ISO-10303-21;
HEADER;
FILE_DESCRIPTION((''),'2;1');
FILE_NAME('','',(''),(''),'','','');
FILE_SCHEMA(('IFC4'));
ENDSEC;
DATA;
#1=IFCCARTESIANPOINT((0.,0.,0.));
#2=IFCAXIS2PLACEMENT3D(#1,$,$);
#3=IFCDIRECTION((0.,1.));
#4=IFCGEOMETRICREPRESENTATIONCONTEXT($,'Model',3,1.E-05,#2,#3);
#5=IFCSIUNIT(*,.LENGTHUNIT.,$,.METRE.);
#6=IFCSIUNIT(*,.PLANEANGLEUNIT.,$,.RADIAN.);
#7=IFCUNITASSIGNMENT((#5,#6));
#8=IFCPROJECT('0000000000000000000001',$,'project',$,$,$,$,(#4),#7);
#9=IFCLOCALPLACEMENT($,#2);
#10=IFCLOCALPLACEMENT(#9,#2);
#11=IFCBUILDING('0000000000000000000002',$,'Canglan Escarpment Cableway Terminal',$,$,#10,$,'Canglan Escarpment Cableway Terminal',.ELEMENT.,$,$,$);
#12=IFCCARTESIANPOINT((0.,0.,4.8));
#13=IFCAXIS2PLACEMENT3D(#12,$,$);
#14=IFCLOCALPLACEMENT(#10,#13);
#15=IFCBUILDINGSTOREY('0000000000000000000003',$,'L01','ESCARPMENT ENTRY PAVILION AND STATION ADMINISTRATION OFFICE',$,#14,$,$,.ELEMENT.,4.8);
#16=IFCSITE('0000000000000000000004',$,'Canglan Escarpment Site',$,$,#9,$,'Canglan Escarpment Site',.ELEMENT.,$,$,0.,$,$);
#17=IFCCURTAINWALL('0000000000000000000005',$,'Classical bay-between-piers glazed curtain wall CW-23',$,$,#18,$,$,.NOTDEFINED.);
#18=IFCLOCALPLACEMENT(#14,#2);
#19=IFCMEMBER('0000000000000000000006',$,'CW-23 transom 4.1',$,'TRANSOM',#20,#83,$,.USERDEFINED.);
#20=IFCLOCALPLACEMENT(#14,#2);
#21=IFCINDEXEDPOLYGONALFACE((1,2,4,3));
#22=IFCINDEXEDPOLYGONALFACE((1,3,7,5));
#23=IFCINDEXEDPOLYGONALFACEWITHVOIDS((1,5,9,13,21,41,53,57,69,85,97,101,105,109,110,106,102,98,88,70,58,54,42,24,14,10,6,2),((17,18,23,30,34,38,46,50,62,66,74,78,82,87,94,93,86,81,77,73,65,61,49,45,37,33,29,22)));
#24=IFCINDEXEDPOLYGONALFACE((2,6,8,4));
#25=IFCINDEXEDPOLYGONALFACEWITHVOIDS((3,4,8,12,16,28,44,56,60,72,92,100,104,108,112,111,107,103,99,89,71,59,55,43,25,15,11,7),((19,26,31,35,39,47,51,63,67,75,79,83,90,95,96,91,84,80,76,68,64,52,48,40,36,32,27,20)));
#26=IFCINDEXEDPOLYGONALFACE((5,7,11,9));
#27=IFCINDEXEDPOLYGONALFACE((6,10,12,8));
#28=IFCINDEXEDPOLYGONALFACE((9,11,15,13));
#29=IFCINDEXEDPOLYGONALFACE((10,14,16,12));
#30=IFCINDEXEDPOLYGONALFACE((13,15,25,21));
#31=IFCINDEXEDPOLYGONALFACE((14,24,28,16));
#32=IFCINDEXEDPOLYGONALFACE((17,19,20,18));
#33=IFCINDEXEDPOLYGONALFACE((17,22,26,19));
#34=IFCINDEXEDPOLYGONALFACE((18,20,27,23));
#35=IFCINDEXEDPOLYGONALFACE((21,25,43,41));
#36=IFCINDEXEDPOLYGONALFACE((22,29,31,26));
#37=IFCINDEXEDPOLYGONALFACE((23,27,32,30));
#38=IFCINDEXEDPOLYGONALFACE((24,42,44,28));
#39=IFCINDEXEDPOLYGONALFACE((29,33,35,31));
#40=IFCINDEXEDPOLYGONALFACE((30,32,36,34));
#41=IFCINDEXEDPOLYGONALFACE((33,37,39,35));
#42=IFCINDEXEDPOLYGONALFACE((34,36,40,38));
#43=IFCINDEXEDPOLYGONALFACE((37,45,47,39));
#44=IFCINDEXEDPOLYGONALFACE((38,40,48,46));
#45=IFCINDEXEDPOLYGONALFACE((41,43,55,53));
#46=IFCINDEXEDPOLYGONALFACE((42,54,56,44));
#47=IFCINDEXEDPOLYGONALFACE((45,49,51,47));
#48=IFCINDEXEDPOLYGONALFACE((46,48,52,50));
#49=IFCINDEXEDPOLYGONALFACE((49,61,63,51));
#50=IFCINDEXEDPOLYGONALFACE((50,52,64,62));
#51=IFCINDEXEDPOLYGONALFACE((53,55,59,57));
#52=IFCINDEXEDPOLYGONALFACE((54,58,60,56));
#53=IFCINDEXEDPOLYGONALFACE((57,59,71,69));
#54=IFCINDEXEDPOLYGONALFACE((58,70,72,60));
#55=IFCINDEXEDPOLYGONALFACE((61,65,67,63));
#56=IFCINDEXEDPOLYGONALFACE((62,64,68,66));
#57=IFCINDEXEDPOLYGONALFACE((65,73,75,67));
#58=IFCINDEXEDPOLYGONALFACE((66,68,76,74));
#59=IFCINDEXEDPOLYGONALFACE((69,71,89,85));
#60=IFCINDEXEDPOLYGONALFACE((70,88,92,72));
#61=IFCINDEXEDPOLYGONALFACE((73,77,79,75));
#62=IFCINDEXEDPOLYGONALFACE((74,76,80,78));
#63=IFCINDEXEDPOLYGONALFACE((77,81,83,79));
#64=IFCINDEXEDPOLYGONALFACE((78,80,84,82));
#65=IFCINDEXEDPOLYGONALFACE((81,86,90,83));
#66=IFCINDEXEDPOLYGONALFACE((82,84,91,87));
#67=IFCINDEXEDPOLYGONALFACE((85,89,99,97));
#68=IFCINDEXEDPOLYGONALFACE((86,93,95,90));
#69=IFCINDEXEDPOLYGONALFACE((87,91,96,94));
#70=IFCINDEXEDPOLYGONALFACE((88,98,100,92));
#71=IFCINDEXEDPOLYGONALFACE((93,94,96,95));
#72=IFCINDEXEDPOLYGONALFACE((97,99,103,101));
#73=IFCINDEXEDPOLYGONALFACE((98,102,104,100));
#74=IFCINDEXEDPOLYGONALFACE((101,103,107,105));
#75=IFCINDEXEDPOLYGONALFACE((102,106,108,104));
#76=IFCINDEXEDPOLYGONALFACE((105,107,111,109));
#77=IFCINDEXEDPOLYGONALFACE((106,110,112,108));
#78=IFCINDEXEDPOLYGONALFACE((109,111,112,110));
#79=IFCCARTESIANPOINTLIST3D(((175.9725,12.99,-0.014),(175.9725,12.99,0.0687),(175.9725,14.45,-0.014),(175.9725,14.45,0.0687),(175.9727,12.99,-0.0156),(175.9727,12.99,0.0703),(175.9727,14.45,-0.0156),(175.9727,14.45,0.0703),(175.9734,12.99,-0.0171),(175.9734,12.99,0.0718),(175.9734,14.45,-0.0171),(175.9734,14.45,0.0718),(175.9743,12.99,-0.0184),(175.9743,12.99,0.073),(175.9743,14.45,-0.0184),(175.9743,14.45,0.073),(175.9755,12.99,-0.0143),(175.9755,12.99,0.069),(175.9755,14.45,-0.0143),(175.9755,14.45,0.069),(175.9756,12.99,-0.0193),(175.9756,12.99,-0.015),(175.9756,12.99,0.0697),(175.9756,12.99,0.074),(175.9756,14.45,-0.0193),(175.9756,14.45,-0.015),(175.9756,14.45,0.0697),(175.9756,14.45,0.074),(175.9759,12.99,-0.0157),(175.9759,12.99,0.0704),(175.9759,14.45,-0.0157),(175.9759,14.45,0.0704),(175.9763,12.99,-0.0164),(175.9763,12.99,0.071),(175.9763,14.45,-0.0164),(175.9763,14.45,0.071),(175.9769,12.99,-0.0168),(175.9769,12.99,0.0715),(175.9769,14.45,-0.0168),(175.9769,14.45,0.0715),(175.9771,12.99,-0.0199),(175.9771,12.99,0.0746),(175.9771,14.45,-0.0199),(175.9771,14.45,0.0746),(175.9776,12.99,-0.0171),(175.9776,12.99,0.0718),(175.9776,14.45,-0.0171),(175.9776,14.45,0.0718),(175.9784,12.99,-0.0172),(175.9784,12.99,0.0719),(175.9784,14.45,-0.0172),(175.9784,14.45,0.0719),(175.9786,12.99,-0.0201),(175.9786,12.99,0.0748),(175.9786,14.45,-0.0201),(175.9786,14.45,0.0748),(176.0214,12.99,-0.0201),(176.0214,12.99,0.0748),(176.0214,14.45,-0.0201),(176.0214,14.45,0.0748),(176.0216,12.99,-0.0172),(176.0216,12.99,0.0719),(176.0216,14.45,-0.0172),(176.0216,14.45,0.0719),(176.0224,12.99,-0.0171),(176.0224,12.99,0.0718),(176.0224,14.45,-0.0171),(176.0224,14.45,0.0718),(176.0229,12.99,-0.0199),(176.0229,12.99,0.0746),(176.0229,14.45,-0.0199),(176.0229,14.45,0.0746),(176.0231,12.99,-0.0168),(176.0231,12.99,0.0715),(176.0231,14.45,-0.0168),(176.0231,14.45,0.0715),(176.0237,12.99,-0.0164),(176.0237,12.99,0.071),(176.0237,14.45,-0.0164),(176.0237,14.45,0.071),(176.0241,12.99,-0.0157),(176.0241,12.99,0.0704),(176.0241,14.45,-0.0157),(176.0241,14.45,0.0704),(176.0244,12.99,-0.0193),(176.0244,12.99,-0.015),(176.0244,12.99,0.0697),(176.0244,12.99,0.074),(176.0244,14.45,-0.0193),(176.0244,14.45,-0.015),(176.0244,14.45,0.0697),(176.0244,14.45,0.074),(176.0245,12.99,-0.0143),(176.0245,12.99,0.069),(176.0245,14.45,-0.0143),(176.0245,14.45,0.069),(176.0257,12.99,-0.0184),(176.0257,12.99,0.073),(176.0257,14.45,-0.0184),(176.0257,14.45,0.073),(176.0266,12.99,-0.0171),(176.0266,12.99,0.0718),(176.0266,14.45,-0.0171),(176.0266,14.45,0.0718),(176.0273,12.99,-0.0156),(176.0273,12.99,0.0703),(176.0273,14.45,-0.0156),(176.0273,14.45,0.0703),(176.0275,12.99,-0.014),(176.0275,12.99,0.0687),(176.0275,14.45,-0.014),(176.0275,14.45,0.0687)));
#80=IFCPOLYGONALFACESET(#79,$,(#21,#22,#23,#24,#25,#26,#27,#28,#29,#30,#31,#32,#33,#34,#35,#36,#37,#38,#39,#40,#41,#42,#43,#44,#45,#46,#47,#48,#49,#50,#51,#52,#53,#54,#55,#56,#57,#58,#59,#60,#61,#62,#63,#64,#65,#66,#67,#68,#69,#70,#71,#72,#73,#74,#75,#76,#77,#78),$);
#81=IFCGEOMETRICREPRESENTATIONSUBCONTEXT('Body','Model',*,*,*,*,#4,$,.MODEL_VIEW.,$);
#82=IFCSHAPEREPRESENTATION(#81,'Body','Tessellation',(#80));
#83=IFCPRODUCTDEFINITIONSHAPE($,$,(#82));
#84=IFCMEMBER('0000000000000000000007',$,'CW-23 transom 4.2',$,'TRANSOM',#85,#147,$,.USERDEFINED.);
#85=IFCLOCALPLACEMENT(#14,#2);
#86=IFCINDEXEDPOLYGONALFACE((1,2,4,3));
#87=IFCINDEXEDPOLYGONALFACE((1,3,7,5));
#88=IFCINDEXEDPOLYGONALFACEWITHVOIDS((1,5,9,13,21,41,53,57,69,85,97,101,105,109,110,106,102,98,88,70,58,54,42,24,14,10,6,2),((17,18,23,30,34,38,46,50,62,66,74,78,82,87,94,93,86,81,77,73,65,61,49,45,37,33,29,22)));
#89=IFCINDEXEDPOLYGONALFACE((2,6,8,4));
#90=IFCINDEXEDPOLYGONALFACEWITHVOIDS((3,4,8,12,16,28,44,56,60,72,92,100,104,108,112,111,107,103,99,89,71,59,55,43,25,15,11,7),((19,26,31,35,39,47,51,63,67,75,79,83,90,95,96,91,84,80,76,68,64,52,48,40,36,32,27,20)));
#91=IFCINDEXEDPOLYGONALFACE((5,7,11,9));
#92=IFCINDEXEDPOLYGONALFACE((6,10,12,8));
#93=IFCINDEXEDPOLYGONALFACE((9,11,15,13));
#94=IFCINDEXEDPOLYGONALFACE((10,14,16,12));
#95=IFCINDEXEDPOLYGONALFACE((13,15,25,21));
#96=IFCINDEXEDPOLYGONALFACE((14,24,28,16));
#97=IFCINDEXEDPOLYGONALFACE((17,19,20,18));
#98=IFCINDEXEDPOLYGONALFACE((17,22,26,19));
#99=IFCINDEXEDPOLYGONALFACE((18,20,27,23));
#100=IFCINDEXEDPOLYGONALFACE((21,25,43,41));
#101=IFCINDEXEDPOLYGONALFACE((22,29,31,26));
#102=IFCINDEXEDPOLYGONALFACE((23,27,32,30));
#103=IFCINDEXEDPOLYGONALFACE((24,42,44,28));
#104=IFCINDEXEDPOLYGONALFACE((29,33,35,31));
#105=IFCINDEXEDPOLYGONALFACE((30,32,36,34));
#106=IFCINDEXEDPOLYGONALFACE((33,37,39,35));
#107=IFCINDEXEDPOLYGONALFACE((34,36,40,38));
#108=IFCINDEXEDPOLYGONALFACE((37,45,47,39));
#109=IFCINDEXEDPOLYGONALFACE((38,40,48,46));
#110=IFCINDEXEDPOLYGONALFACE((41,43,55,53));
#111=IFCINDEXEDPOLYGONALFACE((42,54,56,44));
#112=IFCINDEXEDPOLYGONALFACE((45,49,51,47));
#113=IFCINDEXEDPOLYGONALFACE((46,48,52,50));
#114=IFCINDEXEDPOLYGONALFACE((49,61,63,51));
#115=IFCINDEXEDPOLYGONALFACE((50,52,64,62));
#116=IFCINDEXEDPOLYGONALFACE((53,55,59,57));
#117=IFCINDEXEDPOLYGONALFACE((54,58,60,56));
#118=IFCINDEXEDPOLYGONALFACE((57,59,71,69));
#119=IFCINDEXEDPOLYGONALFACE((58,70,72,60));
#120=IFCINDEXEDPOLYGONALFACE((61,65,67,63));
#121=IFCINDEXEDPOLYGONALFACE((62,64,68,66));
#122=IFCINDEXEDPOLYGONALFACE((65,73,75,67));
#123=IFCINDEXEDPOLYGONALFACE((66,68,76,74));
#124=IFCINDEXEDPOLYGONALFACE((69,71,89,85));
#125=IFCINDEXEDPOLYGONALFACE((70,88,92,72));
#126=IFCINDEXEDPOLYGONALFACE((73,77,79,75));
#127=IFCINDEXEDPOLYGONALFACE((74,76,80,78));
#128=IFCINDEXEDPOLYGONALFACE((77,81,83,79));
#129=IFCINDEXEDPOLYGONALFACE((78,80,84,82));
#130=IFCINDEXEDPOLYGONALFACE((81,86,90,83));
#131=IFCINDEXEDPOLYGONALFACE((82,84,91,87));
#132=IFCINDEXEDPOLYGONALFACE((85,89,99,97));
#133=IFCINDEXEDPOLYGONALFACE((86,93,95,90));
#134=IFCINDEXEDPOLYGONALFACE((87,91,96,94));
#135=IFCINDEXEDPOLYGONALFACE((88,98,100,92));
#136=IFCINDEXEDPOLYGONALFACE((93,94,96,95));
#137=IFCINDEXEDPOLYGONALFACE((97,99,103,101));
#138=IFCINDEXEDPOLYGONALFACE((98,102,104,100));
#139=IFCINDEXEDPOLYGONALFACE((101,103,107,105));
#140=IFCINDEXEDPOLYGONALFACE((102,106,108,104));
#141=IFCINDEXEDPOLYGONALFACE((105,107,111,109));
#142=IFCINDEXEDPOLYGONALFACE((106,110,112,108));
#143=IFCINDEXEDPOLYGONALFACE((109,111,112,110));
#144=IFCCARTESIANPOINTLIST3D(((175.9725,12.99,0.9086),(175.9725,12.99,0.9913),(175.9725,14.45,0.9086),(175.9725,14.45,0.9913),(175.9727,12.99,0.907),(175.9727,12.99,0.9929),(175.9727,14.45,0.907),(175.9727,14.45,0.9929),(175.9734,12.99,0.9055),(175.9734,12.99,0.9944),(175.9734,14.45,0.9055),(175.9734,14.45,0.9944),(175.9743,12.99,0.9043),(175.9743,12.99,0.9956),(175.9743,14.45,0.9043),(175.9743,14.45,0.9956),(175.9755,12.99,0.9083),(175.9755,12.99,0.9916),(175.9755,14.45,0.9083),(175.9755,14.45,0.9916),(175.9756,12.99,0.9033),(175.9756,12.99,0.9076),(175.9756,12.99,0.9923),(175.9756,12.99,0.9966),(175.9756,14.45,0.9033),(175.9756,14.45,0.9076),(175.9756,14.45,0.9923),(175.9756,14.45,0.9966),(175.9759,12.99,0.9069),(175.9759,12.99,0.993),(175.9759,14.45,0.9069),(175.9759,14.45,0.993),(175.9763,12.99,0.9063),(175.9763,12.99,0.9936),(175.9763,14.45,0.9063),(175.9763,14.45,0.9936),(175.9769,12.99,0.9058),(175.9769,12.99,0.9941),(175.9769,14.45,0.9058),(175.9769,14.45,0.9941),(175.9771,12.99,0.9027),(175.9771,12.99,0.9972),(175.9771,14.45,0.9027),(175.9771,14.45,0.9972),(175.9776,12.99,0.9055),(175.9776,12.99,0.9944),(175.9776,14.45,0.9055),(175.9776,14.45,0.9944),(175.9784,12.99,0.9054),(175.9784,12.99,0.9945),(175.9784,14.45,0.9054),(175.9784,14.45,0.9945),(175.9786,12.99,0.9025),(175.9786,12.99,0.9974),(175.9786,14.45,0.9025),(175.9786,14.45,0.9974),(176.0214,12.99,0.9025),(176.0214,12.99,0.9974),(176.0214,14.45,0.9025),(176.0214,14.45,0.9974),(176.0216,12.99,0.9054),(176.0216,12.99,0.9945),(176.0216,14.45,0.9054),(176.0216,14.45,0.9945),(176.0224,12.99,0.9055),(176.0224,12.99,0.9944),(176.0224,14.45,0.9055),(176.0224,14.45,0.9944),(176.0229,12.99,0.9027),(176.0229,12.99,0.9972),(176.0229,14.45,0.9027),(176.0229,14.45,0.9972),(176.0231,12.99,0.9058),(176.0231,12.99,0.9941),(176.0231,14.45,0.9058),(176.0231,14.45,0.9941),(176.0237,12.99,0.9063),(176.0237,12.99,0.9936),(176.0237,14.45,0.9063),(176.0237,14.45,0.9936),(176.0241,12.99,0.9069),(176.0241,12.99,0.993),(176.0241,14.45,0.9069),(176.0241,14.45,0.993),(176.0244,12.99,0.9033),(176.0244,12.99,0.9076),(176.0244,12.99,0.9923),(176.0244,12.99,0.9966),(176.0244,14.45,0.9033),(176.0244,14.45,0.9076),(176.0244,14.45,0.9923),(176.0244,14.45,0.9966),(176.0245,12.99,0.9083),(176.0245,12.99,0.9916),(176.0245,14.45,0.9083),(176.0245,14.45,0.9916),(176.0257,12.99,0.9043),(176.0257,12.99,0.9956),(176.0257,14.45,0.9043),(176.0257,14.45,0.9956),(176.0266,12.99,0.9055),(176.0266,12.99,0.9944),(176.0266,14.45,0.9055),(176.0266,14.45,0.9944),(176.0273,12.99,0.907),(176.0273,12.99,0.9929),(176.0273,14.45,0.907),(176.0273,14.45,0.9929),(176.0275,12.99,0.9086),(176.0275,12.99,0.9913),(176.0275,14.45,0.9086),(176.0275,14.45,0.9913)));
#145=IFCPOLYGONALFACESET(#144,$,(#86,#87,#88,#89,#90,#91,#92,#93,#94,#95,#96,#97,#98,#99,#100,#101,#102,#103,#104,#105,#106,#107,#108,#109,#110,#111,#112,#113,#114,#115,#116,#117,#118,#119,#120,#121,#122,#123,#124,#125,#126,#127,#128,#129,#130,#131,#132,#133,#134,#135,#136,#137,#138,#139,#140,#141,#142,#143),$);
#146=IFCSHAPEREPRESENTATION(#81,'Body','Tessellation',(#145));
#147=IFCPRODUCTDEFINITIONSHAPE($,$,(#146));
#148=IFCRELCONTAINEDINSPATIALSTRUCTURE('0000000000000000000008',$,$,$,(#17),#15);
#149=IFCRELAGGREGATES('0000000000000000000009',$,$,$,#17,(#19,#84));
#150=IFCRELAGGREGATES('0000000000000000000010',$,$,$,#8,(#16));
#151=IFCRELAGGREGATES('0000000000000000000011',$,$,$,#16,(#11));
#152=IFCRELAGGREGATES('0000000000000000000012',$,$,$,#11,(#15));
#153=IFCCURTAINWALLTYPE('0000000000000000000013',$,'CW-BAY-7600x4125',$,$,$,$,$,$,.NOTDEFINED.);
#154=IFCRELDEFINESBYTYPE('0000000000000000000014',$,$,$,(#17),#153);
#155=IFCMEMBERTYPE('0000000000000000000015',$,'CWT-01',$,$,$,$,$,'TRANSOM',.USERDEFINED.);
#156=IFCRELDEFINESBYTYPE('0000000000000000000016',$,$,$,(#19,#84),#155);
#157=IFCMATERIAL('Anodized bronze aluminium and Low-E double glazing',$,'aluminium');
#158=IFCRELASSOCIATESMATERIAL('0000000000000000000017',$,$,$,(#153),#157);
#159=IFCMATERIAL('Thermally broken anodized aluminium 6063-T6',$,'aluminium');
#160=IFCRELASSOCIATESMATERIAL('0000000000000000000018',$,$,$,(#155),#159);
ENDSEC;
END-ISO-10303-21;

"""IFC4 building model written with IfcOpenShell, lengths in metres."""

from ifc_helpers import new_model, si_unit, direction, frame, origin, origin_2d, place, context, subcontext, project, spatial, hollow_rectangle, extrude, material, material_profile, profile_set, type_object, element, aggregate, save


model = new_model("IFC4")

# Units and contexts
model_context = context("Model", 3, precision=1e-05, world=origin(), true_north=direction((0.0, 1.0)))
body_context = subcontext(model_context, "Body", "Model", "MODEL_VIEW")
ifc_project = project(units=[si_unit("LENGTHUNIT", "METRE"), si_unit("PLANEANGLEUNIT", "RADIAN")], contexts=[model_context])

# Site, building, storey
site_placement = place(None, origin())
site = spatial("IfcSite", under=ifc_project, at=site_placement, Name="Canglan Escarpment Site", LongName="Canglan Escarpment Site", CompositionType="ELEMENT", RefElevation=0.0)
building_placement = place(site_placement, origin())
building = spatial("IfcBuilding", under=site, at=building_placement, Name="Canglan Escarpment Cableway Terminal", LongName="Canglan Escarpment Cableway Terminal", CompositionType="ELEMENT")
storey_placement = place(building_placement, frame((0.0, 0.0, 4.8)))
storey = spatial("IfcBuildingStorey", under=building, at=storey_placement, Name="L01", Description="ESCARPMENT ENTRY PAVILION AND STATION ADMINISTRATION OFFICE", CompositionType="ELEMENT", Elevation=4.8)

# Curtain wall, members
ifc_material_1 = material(Name="Anodized bronze aluminium and Low-E double glazing", Category="aluminium")
curtain_wall_type = type_object("IfcCurtainWallType", Name="CW-BAY-7600x4125", PredefinedType="NOTDEFINED", material=ifc_material_1)
curtain_wall_placement = place(storey_placement, origin())
curtain_wall = element("IfcCurtainWall", 1, at=curtain_wall_placement, inside=storey, type_object=curtain_wall_type, Name="Classical bay-between-piers glazed curtain wall CW-23", PredefinedType="NOTDEFINED")
ifc_material_2 = material(Name="Thermally broken anodized aluminium 6063-T6", Category="aluminium")
ifc_material_profile_1 = material_profile(ifc_material_2, hollow_rectangle(XDim=0.0549, YDim=0.095, WallThickness=0.0029, InnerFilletRadius=0.0029, OuterFilletRadius=0.0061, at=origin_2d()), Name="ALU-TRAN 55x95x3")
ifc_profile_set_1 = profile_set([ifc_material_profile_1], Name="Thermally broken anodized aluminium 6063-T6")
member_type_1 = type_object("IfcMemberType", Name="CWT-01", ElementType="TRANSOM", PredefinedType="USERDEFINED", material=ifc_profile_set_1)
member_1_placement = place(storey_placement, frame((176.0, 12.99, 0.0273), z_axis=(0.0, 1.0, 0.0), x_axis=(-1.0, 0.0, 0.0)))
member_1 = element("IfcMember", 2, at=member_1_placement, type_object=member_type_1, Name="CW-23 transom 4.1", ObjectType="TRANSOM", PredefinedType="USERDEFINED", context=body_context, shape_type="SweptSolid", body=[
    extrude(hollow_rectangle(XDim=0.0549, YDim=0.095, WallThickness=0.0029, InnerFilletRadius=0.0029, OuterFilletRadius=0.0061, at=origin_2d()), origin(), (0.0, 0.0, 1.0), 1.46),
])
member_2_placement = place(storey_placement, frame((176.0, 12.99, 0.95), z_axis=(0.0, 1.0, 0.0), x_axis=(-1.0, 0.0, 0.0)))
member_2 = element("IfcMember", 3, at=member_2_placement, type_object=member_type_1, Name="CW-23 transom 4.2", ObjectType="TRANSOM", PredefinedType="USERDEFINED", context=body_context, shape_type="SweptSolid", body=[
    extrude(hollow_rectangle(XDim=0.0549, YDim=0.095, WallThickness=0.0029, InnerFilletRadius=0.0029, OuterFilletRadius=0.0061, at=origin_2d()), origin(), (0.0, 0.0, 1.0), 1.46),
])

aggregate(curtain_wall, [member_1, member_2])

save(model, "model.ifc")
